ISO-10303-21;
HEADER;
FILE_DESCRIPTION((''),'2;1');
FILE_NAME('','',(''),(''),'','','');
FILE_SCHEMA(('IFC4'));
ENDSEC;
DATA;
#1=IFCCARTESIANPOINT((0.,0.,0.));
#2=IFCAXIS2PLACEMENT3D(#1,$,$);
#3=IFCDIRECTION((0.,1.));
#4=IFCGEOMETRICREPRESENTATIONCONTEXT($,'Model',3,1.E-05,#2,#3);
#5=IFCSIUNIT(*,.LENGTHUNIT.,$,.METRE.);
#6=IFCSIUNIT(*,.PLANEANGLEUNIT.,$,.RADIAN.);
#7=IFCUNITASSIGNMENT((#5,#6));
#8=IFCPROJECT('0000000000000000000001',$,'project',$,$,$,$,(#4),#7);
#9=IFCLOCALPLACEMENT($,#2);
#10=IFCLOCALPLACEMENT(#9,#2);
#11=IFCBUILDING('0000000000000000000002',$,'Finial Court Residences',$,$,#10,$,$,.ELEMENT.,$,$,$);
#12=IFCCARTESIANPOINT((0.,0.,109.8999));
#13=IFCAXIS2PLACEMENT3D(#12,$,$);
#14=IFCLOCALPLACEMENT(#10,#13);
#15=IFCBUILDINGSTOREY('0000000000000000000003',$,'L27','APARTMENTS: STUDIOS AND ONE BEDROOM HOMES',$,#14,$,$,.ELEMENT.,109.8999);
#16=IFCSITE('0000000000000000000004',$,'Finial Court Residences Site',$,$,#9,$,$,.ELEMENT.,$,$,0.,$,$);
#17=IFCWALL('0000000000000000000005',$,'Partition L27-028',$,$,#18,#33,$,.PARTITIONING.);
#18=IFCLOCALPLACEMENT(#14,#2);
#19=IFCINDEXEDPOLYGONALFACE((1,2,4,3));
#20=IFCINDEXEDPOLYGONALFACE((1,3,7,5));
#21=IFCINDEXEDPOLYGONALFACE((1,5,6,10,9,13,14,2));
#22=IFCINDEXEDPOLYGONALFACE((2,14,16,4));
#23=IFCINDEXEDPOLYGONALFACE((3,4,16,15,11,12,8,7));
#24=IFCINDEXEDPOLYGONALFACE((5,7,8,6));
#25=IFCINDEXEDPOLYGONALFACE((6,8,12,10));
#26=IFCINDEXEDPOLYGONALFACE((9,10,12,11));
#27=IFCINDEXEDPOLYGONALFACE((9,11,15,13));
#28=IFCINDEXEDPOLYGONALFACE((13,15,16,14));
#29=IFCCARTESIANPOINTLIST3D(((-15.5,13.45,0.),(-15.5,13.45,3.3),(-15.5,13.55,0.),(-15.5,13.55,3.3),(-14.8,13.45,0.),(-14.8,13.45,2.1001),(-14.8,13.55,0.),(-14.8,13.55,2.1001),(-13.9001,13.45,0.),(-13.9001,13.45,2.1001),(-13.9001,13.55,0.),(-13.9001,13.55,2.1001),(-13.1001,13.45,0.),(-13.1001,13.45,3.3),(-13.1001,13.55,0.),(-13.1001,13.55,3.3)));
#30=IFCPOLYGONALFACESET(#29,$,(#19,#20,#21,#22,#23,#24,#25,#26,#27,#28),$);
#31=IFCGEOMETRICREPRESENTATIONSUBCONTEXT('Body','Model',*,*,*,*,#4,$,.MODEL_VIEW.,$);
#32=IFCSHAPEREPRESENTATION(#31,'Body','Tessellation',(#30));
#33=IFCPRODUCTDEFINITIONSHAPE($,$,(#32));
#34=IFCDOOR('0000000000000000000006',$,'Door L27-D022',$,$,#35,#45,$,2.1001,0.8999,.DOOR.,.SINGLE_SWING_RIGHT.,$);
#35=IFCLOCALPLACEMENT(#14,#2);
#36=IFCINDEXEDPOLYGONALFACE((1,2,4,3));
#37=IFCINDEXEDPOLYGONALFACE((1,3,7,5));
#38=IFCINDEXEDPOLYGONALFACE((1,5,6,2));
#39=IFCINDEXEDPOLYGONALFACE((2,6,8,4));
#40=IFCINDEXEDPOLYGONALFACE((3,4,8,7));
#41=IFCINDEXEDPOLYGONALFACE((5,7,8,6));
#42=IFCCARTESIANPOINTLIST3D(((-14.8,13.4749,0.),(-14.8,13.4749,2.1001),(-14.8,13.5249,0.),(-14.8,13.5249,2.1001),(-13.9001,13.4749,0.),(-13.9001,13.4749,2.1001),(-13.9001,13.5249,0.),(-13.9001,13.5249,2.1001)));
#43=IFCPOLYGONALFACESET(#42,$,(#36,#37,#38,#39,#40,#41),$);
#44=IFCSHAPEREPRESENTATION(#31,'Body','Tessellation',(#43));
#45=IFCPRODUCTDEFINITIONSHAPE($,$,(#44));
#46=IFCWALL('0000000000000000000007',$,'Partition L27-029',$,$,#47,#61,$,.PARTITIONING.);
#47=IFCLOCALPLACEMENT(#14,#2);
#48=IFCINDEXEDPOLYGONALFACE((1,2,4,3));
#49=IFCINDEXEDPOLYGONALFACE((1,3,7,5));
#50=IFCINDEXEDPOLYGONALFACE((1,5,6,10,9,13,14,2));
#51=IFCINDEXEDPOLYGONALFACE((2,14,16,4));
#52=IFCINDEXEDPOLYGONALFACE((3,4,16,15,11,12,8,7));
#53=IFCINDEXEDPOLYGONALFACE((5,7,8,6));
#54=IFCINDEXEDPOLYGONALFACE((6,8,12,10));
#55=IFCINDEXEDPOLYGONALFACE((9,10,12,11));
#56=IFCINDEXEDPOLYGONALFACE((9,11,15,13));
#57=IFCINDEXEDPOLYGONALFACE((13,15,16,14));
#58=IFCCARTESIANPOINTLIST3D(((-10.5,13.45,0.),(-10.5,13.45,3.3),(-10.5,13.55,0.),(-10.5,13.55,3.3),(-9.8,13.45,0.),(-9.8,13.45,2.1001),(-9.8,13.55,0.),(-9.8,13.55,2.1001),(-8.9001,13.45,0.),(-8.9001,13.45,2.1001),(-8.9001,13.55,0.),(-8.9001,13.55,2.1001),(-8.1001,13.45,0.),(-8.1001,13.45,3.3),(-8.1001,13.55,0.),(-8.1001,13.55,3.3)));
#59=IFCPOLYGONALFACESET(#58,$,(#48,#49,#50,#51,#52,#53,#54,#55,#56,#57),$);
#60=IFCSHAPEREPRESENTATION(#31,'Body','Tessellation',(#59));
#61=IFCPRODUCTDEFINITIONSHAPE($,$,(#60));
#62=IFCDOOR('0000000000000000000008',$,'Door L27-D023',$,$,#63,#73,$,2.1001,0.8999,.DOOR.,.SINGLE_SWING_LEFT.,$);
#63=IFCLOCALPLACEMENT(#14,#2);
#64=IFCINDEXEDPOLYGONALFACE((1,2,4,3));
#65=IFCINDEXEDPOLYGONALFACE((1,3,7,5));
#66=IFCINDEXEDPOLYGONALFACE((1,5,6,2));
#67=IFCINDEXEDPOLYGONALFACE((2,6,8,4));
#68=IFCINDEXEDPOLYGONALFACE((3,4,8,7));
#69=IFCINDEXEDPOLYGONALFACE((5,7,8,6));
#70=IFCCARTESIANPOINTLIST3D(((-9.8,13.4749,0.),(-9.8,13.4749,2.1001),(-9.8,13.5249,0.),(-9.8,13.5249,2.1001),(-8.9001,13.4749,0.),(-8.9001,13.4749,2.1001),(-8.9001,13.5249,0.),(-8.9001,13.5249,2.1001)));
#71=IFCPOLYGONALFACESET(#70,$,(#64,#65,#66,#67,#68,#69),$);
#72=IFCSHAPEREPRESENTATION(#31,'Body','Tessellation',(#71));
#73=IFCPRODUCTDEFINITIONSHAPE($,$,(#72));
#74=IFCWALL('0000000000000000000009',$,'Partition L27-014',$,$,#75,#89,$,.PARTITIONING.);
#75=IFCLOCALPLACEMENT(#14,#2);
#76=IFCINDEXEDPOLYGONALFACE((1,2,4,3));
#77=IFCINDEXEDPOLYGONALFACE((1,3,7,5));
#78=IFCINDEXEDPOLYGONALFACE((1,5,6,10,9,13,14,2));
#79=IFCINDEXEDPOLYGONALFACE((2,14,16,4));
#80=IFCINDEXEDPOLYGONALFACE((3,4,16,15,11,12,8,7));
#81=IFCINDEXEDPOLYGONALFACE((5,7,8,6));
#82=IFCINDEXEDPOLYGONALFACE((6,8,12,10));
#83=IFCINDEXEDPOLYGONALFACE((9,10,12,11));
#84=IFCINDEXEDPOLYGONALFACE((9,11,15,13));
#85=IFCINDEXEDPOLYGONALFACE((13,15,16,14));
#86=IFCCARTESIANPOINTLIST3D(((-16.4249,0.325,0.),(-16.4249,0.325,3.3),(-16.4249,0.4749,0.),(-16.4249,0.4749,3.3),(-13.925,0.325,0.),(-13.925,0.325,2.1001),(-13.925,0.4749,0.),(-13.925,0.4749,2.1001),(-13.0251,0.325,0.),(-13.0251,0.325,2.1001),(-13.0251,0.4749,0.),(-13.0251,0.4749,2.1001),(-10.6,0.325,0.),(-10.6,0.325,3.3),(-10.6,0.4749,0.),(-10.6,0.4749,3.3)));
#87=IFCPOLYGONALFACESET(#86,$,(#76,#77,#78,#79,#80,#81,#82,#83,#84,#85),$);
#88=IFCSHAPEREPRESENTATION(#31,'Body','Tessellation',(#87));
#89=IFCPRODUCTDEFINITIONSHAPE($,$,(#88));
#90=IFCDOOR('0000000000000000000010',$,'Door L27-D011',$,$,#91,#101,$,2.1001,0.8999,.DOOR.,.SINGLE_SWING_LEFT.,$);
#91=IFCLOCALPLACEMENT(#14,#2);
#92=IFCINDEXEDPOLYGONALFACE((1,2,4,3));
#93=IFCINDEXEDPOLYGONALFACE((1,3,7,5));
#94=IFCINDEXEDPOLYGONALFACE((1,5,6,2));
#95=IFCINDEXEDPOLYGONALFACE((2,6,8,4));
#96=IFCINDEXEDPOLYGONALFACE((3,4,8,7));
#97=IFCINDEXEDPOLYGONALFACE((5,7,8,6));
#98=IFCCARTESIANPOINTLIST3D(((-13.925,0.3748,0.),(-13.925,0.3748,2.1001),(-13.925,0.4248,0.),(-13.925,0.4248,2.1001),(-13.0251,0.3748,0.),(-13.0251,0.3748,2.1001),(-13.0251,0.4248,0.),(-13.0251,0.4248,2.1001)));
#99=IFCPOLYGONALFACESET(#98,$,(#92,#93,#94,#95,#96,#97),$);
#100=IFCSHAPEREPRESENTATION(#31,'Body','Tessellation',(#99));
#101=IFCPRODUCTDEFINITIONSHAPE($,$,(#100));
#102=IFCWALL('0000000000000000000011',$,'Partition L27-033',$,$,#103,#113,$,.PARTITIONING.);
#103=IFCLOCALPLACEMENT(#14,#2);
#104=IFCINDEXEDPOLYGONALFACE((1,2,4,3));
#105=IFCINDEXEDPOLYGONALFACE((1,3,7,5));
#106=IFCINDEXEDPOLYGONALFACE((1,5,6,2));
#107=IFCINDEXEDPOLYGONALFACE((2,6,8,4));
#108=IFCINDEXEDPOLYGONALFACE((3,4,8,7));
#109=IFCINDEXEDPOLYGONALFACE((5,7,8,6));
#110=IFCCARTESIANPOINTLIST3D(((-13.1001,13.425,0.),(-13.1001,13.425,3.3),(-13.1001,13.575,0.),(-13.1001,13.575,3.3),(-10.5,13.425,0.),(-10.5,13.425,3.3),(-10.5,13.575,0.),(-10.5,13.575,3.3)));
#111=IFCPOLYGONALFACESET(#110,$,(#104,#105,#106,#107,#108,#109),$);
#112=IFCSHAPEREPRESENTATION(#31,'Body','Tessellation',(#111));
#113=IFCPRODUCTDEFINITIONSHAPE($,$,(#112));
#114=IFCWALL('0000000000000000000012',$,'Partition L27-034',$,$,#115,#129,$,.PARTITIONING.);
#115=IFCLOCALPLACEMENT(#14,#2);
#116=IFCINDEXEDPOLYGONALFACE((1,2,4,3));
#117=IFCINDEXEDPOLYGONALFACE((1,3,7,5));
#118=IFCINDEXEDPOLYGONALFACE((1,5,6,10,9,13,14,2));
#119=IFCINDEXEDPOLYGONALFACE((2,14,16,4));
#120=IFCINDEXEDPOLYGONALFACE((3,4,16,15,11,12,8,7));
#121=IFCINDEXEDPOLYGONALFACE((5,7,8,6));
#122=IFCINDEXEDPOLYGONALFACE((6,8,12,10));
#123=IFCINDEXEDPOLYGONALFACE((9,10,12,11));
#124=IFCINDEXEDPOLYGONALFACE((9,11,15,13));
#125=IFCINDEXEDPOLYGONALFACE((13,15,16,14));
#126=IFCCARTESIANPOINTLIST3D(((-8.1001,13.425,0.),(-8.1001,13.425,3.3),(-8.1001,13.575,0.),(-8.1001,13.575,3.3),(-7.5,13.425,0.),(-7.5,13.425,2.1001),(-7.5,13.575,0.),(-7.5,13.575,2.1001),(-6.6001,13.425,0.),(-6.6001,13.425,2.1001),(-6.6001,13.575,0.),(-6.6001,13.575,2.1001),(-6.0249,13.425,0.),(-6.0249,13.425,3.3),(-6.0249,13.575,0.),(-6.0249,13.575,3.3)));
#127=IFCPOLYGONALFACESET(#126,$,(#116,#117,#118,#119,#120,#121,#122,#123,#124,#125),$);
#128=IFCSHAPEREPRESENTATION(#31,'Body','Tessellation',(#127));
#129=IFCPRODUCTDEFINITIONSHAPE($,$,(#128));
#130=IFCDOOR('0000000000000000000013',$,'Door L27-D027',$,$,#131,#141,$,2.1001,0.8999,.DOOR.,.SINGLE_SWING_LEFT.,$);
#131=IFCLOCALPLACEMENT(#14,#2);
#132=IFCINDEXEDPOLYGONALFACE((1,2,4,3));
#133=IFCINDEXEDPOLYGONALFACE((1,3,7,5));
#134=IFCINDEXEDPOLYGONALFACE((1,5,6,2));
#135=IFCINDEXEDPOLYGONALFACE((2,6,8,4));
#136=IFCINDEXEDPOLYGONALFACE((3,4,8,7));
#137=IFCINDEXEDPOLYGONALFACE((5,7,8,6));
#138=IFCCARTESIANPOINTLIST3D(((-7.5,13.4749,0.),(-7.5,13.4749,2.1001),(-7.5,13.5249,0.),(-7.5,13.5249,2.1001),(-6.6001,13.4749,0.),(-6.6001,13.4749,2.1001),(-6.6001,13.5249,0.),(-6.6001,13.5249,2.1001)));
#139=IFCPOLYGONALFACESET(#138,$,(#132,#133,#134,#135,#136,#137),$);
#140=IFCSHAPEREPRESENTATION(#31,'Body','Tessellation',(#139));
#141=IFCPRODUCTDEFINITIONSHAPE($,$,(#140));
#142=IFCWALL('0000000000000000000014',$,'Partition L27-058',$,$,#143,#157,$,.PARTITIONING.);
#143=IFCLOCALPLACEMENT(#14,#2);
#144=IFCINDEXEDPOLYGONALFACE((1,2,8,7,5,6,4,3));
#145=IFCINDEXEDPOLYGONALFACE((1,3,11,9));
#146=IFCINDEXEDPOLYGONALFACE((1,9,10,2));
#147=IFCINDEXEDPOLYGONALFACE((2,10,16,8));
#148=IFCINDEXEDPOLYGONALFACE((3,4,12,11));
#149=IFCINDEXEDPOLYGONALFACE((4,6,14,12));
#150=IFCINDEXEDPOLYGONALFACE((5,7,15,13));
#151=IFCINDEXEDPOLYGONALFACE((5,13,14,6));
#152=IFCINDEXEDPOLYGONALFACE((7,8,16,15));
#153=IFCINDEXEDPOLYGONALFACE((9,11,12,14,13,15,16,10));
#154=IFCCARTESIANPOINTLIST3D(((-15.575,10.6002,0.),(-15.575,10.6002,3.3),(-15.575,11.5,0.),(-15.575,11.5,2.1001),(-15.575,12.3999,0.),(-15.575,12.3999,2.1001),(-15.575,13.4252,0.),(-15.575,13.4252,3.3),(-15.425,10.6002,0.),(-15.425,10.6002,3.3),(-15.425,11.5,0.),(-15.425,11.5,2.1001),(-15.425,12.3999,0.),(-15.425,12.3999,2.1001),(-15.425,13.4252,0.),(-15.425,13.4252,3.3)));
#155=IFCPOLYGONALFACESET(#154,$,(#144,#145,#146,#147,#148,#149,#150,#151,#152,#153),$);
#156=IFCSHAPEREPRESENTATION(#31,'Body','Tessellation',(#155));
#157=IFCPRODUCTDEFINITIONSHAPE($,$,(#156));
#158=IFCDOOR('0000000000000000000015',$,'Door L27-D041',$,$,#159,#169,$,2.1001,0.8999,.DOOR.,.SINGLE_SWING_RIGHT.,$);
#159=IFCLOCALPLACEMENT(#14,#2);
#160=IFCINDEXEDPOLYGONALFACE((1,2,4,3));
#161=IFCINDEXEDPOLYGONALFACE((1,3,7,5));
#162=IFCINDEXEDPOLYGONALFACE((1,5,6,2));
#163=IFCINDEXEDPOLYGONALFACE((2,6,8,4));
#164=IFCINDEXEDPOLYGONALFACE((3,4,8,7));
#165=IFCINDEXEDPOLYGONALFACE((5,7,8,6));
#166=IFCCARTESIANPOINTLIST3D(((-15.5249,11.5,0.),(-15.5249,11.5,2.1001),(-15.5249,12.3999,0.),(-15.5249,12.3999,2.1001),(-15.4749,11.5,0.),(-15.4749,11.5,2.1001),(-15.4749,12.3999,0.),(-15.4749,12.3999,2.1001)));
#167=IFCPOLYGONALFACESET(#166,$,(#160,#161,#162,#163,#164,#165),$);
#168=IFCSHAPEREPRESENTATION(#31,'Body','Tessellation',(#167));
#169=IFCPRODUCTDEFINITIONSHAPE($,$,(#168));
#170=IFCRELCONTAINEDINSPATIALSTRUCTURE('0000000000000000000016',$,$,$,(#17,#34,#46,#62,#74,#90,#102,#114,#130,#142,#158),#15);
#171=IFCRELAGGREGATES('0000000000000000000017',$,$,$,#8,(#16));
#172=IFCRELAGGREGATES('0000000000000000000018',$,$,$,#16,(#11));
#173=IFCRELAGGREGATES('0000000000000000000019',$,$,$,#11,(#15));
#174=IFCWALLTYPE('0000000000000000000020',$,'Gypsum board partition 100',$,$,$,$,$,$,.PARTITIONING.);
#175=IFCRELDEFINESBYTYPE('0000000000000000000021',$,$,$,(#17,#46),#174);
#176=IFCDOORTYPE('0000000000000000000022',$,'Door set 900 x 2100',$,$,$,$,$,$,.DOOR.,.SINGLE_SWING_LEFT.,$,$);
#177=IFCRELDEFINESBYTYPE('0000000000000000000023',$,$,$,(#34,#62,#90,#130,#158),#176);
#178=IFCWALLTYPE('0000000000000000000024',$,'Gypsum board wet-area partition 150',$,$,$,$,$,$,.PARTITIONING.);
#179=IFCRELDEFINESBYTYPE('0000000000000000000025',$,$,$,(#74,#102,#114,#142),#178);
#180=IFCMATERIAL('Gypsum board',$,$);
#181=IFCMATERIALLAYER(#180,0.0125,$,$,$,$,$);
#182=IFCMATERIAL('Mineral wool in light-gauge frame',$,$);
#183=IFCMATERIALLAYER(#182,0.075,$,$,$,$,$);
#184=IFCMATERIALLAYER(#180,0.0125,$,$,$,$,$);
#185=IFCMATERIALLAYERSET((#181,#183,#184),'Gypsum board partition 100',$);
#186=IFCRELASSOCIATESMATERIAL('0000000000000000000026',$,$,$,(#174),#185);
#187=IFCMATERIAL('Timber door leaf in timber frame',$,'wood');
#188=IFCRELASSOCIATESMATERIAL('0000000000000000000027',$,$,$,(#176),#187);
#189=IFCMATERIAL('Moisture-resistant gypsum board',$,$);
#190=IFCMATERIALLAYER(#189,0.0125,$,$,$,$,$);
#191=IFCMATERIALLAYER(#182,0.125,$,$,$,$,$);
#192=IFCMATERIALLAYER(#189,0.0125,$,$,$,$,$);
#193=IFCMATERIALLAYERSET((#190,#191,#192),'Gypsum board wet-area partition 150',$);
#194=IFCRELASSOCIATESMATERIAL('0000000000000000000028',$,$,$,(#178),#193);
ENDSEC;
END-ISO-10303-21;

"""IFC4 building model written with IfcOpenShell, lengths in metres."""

from ifc_helpers import new_model, si_unit, direction, frame, frame_2d, origin, place, context, subcontext, project, spatial, rectangle, extrude, material, layer, layer_set, type_object, element, fill, save


model = new_model("IFC4")

# Units and contexts
model_context = context("Model", 3, precision=1e-05, world=origin(), true_north=direction((0.0, 1.0)))
body_context = subcontext(model_context, "Body", "Model", "MODEL_VIEW")
ifc_project = project(units=[si_unit("LENGTHUNIT", "METRE"), si_unit("PLANEANGLEUNIT", "RADIAN")], contexts=[model_context])

# Site, building, storey
site_placement = place(None, origin())
site = spatial("IfcSite", under=ifc_project, at=site_placement, Name="Finial Court Residences Site", CompositionType="ELEMENT", RefElevation=0.0)
building_placement = place(site_placement, origin())
building = spatial("IfcBuilding", under=site, at=building_placement, Name="Finial Court Residences", CompositionType="ELEMENT")
storey_placement = place(building_placement, frame((0.0, 0.0, 109.8999)))
storey = spatial("IfcBuildingStorey", under=building, at=storey_placement, Name="L27", Description="APARTMENTS: STUDIOS AND ONE BEDROOM HOMES", CompositionType="ELEMENT", Elevation=109.8999)

# Shared definitions
ifc_material_1 = material(Name="Gypsum board")

# Shared definitions
ifc_layer_1 = layer(ifc_material_1, 0.0125)
ifc_material_2 = material(Name="Mineral wool in light-gauge frame")
ifc_layer_2 = layer(ifc_material_2, 0.075)
ifc_layer_3 = layer(ifc_material_1, 0.0125)
ifc_layer_set_1 = layer_set([ifc_layer_1, ifc_layer_2, ifc_layer_3], Name="Gypsum board partition 100")
wall_type_1 = type_object("IfcWallType", Name="Gypsum board partition 100", PredefinedType="PARTITIONING", material=ifc_layer_set_1)

# Walls, openings, doors
wall_1_placement = place(storey_placement, frame((-15.5, 13.5, 0.0), z_axis=(0.0, 0.0, 1.0), x_axis=(1.0, 0.0, 0.0)))
wall_1 = element("IfcWall", 1, at=wall_1_placement, inside=storey, type_object=wall_type_1, Name="Partition L27-028", PredefinedType="PARTITIONING", context=body_context, shape_type="SweptSolid", body=[
    extrude(rectangle(XDim=2.3999, YDim=0.1001, at=frame_2d((1.2, 0.0))), origin(), (0.0, 0.0, 1.0), 3.3),
])
opening_1_placement = place(wall_1_placement, frame((0.7, 0.0, 0.0)))
opening_1 = element("IfcOpeningElement", 2, at=opening_1_placement, cuts=wall_1, PredefinedType="OPENING", context=body_context, shape_type="SweptSolid", body=[
    extrude(rectangle(XDim=0.8999, YDim=2.1001, at=frame_2d((0.45, 1.05))), frame((0.0, 0.0601, 0.0), z_axis=(0.0, -1.0, 0.0), x_axis=(1.0, 0.0, 0.0)), (0.0, 0.0, 1.0), 0.1201),
])
ifc_material_3 = material(Name="Timber door leaf in timber frame", Category="wood")
door_type_1 = type_object("IfcDoorType", Name="Door set 900 x 2100", OperationType="SINGLE_SWING_LEFT", PredefinedType="DOOR", material=ifc_material_3)
door_1_placement = place(opening_1_placement, origin())
door_1 = element("IfcDoor", 3, at=door_1_placement, inside=storey, type_object=door_type_1, Name="Door L27-D022", OperationType="SINGLE_SWING_RIGHT", OverallHeight=2.1001, OverallWidth=0.8999, PredefinedType="DOOR", context=body_context, shape_type="SweptSolid", body=[
    extrude(rectangle(XDim=0.8999, YDim=2.1001, at=frame_2d((0.45, 1.05))), frame((0.0, 0.0249, 0.0), z_axis=(0.0, -1.0, 0.0), x_axis=(1.0, 0.0, 0.0)), (0.0, 0.0, 1.0), 0.05),
])
fill(opening_1, door_1)
wall_2_placement = place(storey_placement, frame((-10.5, 13.5, 0.0), z_axis=(0.0, 0.0, 1.0), x_axis=(1.0, 0.0, 0.0)))
wall_2 = element("IfcWall", 4, at=wall_2_placement, inside=storey, type_object=wall_type_1, Name="Partition L27-029", PredefinedType="PARTITIONING", context=body_context, shape_type="SweptSolid", body=[
    extrude(rectangle(XDim=2.3999, YDim=0.1001, at=frame_2d((1.2, 0.0))), origin(), (0.0, 0.0, 1.0), 3.3),
])
opening_2_placement = place(wall_2_placement, frame((0.7, 0.0, 0.0)))
opening_2 = element("IfcOpeningElement", 5, at=opening_2_placement, cuts=wall_2, PredefinedType="OPENING", context=body_context, shape_type="SweptSolid", body=[
    extrude(rectangle(XDim=0.8999, YDim=2.1001, at=frame_2d((0.45, 1.05))), frame((0.0, 0.0601, 0.0), z_axis=(0.0, -1.0, 0.0), x_axis=(1.0, 0.0, 0.0)), (0.0, 0.0, 1.0), 0.1201),
])
door_2_placement = place(opening_2_placement, origin())
door_2 = element("IfcDoor", 6, at=door_2_placement, inside=storey, type_object=door_type_1, Name="Door L27-D023", OperationType="SINGLE_SWING_LEFT", OverallHeight=2.1001, OverallWidth=0.8999, PredefinedType="DOOR", context=body_context, shape_type="SweptSolid", body=[
    extrude(rectangle(XDim=0.8999, YDim=2.1001, at=frame_2d((0.45, 1.05))), frame((0.0, 0.0249, 0.0), z_axis=(0.0, -1.0, 0.0), x_axis=(1.0, 0.0, 0.0)), (0.0, 0.0, 1.0), 0.05),
])
fill(opening_2, door_2)
ifc_material_4 = material(Name="Moisture-resistant gypsum board")
ifc_layer_4 = layer(ifc_material_4, 0.0125)
ifc_layer_5 = layer(ifc_material_2, 0.125)
ifc_layer_6 = layer(ifc_material_4, 0.0125)
ifc_layer_set_2 = layer_set([ifc_layer_4, ifc_layer_5, ifc_layer_6], Name="Gypsum board wet-area partition 150")
wall_type_2 = type_object("IfcWallType", Name="Gypsum board wet-area partition 150", PredefinedType="PARTITIONING", material=ifc_layer_set_2)
wall_3_placement = place(storey_placement, frame((-16.425, 0.3999, 0.0), z_axis=(0.0, 0.0, 1.0), x_axis=(1.0, 0.0, 0.0)))
wall_3 = element("IfcWall", 7, at=wall_3_placement, inside=storey, type_object=wall_type_2, Name="Partition L27-014", PredefinedType="PARTITIONING", context=body_context, shape_type="SweptSolid", body=[
    extrude(rectangle(XDim=5.825, YDim=0.1499, at=frame_2d((2.9126, 0.0))), origin(), (0.0, 0.0, 1.0), 3.3),
])
opening_3_placement = place(wall_3_placement, frame((2.5, 0.0, 0.0)))
opening_3 = element("IfcOpeningElement", 8, at=opening_3_placement, cuts=wall_3, PredefinedType="OPENING", context=body_context, shape_type="SweptSolid", body=[
    extrude(rectangle(XDim=0.8999, YDim=2.1001, at=frame_2d((0.45, 1.05))), frame((0.0, 0.085, 0.0), z_axis=(0.0, -1.0, 0.0), x_axis=(1.0, 0.0, 0.0)), (0.0, 0.0, 1.0), 0.1699),
])
door_3_placement = place(opening_3_placement, origin())
door_3 = element("IfcDoor", 9, at=door_3_placement, inside=storey, type_object=door_type_1, Name="Door L27-D011", OperationType="SINGLE_SWING_LEFT", OverallHeight=2.1001, OverallWidth=0.8999, PredefinedType="DOOR", context=body_context, shape_type="SweptSolid", body=[
    extrude(rectangle(XDim=0.8999, YDim=2.1001, at=frame_2d((0.45, 1.05))), frame((0.0, 0.0249, 0.0), z_axis=(0.0, -1.0, 0.0), x_axis=(1.0, 0.0, 0.0)), (0.0, 0.0, 1.0), 0.05),
])
fill(opening_3, door_3)

# Wall
wall_4_placement = place(storey_placement, frame((-13.1001, 13.5, 0.0), z_axis=(0.0, 0.0, 1.0), x_axis=(1.0, 0.0, 0.0)))
element("IfcWall", 10, at=wall_4_placement, inside=storey, type_object=wall_type_2, Name="Partition L27-033", PredefinedType="PARTITIONING", context=body_context, shape_type="SweptSolid", body=[
    extrude(rectangle(XDim=2.6001, YDim=0.1499, at=frame_2d((1.3, 0.0))), origin(), (0.0, 0.0, 1.0), 3.3),
])

# Walls, openings, doors
wall_5_placement = place(storey_placement, frame((-8.1001, 13.5, 0.0), z_axis=(0.0, 0.0, 1.0), x_axis=(1.0, 0.0, 0.0)))
wall_5 = element("IfcWall", 11, at=wall_5_placement, inside=storey, type_object=wall_type_2, Name="Partition L27-034", PredefinedType="PARTITIONING", context=body_context, shape_type="SweptSolid", body=[
    extrude(rectangle(XDim=2.0752, YDim=0.1499, at=frame_2d((1.0376, 0.0))), origin(), (0.0, 0.0, 1.0), 3.3),
])
opening_4_placement = place(wall_5_placement, frame((0.6001, 0.0, 0.0)))
opening_4 = element("IfcOpeningElement", 12, at=opening_4_placement, cuts=wall_5, PredefinedType="OPENING", context=body_context, shape_type="SweptSolid", body=[
    extrude(rectangle(XDim=0.8999, YDim=2.1001, at=frame_2d((0.45, 1.05))), frame((0.0, 0.085, 0.0), z_axis=(0.0, -1.0, 0.0), x_axis=(1.0, 0.0, 0.0)), (0.0, 0.0, 1.0), 0.1699),
])
door_4_placement = place(opening_4_placement, origin())
door_4 = element("IfcDoor", 13, at=door_4_placement, inside=storey, type_object=door_type_1, Name="Door L27-D027", OperationType="SINGLE_SWING_LEFT", OverallHeight=2.1001, OverallWidth=0.8999, PredefinedType="DOOR", context=body_context, shape_type="SweptSolid", body=[
    extrude(rectangle(XDim=0.8999, YDim=2.1001, at=frame_2d((0.45, 1.05))), frame((0.0, 0.0249, 0.0), z_axis=(0.0, -1.0, 0.0), x_axis=(1.0, 0.0, 0.0)), (0.0, 0.0, 1.0), 0.05),
])
fill(opening_4, door_4)
wall_6_placement = place(storey_placement, frame((-15.5, 10.6001, 0.0), z_axis=(0.0, 0.0, 1.0), x_axis=(0.0, 1.0, 0.0)))
wall_6 = element("IfcWall", 14, at=wall_6_placement, inside=storey, type_object=wall_type_2, Name="Partition L27-058", PredefinedType="PARTITIONING", context=body_context, shape_type="SweptSolid", body=[
    extrude(rectangle(XDim=2.825, YDim=0.1499, at=frame_2d((1.4126, 0.0))), origin(), (0.0, 0.0, 1.0), 3.3),
])
opening_5_placement = place(wall_6_placement, frame((0.8999, 0.0, 0.0)))
opening_5 = element("IfcOpeningElement", 15, at=opening_5_placement, cuts=wall_6, PredefinedType="OPENING", context=body_context, shape_type="SweptSolid", body=[
    extrude(rectangle(XDim=0.8999, YDim=2.1001, at=frame_2d((0.45, 1.05))), frame((0.0, 0.085, 0.0), z_axis=(0.0, -1.0, 0.0), x_axis=(1.0, 0.0, 0.0)), (0.0, 0.0, 1.0), 0.1699),
])
door_5_placement = place(opening_5_placement, origin())
door_5 = element("IfcDoor", 16, at=door_5_placement, inside=storey, type_object=door_type_1, Name="Door L27-D041", OperationType="SINGLE_SWING_RIGHT", OverallHeight=2.1001, OverallWidth=0.8999, PredefinedType="DOOR", context=body_context, shape_type="SweptSolid", body=[
    extrude(rectangle(XDim=0.8999, YDim=2.1001, at=frame_2d((0.45, 1.05))), frame((0.0, 0.0249, 0.0), z_axis=(0.0, -1.0, 0.0), x_axis=(1.0, 0.0, 0.0)), (0.0, 0.0, 1.0), 0.05),
])
fill(opening_5, door_5)

save(model, "model.ifc")
